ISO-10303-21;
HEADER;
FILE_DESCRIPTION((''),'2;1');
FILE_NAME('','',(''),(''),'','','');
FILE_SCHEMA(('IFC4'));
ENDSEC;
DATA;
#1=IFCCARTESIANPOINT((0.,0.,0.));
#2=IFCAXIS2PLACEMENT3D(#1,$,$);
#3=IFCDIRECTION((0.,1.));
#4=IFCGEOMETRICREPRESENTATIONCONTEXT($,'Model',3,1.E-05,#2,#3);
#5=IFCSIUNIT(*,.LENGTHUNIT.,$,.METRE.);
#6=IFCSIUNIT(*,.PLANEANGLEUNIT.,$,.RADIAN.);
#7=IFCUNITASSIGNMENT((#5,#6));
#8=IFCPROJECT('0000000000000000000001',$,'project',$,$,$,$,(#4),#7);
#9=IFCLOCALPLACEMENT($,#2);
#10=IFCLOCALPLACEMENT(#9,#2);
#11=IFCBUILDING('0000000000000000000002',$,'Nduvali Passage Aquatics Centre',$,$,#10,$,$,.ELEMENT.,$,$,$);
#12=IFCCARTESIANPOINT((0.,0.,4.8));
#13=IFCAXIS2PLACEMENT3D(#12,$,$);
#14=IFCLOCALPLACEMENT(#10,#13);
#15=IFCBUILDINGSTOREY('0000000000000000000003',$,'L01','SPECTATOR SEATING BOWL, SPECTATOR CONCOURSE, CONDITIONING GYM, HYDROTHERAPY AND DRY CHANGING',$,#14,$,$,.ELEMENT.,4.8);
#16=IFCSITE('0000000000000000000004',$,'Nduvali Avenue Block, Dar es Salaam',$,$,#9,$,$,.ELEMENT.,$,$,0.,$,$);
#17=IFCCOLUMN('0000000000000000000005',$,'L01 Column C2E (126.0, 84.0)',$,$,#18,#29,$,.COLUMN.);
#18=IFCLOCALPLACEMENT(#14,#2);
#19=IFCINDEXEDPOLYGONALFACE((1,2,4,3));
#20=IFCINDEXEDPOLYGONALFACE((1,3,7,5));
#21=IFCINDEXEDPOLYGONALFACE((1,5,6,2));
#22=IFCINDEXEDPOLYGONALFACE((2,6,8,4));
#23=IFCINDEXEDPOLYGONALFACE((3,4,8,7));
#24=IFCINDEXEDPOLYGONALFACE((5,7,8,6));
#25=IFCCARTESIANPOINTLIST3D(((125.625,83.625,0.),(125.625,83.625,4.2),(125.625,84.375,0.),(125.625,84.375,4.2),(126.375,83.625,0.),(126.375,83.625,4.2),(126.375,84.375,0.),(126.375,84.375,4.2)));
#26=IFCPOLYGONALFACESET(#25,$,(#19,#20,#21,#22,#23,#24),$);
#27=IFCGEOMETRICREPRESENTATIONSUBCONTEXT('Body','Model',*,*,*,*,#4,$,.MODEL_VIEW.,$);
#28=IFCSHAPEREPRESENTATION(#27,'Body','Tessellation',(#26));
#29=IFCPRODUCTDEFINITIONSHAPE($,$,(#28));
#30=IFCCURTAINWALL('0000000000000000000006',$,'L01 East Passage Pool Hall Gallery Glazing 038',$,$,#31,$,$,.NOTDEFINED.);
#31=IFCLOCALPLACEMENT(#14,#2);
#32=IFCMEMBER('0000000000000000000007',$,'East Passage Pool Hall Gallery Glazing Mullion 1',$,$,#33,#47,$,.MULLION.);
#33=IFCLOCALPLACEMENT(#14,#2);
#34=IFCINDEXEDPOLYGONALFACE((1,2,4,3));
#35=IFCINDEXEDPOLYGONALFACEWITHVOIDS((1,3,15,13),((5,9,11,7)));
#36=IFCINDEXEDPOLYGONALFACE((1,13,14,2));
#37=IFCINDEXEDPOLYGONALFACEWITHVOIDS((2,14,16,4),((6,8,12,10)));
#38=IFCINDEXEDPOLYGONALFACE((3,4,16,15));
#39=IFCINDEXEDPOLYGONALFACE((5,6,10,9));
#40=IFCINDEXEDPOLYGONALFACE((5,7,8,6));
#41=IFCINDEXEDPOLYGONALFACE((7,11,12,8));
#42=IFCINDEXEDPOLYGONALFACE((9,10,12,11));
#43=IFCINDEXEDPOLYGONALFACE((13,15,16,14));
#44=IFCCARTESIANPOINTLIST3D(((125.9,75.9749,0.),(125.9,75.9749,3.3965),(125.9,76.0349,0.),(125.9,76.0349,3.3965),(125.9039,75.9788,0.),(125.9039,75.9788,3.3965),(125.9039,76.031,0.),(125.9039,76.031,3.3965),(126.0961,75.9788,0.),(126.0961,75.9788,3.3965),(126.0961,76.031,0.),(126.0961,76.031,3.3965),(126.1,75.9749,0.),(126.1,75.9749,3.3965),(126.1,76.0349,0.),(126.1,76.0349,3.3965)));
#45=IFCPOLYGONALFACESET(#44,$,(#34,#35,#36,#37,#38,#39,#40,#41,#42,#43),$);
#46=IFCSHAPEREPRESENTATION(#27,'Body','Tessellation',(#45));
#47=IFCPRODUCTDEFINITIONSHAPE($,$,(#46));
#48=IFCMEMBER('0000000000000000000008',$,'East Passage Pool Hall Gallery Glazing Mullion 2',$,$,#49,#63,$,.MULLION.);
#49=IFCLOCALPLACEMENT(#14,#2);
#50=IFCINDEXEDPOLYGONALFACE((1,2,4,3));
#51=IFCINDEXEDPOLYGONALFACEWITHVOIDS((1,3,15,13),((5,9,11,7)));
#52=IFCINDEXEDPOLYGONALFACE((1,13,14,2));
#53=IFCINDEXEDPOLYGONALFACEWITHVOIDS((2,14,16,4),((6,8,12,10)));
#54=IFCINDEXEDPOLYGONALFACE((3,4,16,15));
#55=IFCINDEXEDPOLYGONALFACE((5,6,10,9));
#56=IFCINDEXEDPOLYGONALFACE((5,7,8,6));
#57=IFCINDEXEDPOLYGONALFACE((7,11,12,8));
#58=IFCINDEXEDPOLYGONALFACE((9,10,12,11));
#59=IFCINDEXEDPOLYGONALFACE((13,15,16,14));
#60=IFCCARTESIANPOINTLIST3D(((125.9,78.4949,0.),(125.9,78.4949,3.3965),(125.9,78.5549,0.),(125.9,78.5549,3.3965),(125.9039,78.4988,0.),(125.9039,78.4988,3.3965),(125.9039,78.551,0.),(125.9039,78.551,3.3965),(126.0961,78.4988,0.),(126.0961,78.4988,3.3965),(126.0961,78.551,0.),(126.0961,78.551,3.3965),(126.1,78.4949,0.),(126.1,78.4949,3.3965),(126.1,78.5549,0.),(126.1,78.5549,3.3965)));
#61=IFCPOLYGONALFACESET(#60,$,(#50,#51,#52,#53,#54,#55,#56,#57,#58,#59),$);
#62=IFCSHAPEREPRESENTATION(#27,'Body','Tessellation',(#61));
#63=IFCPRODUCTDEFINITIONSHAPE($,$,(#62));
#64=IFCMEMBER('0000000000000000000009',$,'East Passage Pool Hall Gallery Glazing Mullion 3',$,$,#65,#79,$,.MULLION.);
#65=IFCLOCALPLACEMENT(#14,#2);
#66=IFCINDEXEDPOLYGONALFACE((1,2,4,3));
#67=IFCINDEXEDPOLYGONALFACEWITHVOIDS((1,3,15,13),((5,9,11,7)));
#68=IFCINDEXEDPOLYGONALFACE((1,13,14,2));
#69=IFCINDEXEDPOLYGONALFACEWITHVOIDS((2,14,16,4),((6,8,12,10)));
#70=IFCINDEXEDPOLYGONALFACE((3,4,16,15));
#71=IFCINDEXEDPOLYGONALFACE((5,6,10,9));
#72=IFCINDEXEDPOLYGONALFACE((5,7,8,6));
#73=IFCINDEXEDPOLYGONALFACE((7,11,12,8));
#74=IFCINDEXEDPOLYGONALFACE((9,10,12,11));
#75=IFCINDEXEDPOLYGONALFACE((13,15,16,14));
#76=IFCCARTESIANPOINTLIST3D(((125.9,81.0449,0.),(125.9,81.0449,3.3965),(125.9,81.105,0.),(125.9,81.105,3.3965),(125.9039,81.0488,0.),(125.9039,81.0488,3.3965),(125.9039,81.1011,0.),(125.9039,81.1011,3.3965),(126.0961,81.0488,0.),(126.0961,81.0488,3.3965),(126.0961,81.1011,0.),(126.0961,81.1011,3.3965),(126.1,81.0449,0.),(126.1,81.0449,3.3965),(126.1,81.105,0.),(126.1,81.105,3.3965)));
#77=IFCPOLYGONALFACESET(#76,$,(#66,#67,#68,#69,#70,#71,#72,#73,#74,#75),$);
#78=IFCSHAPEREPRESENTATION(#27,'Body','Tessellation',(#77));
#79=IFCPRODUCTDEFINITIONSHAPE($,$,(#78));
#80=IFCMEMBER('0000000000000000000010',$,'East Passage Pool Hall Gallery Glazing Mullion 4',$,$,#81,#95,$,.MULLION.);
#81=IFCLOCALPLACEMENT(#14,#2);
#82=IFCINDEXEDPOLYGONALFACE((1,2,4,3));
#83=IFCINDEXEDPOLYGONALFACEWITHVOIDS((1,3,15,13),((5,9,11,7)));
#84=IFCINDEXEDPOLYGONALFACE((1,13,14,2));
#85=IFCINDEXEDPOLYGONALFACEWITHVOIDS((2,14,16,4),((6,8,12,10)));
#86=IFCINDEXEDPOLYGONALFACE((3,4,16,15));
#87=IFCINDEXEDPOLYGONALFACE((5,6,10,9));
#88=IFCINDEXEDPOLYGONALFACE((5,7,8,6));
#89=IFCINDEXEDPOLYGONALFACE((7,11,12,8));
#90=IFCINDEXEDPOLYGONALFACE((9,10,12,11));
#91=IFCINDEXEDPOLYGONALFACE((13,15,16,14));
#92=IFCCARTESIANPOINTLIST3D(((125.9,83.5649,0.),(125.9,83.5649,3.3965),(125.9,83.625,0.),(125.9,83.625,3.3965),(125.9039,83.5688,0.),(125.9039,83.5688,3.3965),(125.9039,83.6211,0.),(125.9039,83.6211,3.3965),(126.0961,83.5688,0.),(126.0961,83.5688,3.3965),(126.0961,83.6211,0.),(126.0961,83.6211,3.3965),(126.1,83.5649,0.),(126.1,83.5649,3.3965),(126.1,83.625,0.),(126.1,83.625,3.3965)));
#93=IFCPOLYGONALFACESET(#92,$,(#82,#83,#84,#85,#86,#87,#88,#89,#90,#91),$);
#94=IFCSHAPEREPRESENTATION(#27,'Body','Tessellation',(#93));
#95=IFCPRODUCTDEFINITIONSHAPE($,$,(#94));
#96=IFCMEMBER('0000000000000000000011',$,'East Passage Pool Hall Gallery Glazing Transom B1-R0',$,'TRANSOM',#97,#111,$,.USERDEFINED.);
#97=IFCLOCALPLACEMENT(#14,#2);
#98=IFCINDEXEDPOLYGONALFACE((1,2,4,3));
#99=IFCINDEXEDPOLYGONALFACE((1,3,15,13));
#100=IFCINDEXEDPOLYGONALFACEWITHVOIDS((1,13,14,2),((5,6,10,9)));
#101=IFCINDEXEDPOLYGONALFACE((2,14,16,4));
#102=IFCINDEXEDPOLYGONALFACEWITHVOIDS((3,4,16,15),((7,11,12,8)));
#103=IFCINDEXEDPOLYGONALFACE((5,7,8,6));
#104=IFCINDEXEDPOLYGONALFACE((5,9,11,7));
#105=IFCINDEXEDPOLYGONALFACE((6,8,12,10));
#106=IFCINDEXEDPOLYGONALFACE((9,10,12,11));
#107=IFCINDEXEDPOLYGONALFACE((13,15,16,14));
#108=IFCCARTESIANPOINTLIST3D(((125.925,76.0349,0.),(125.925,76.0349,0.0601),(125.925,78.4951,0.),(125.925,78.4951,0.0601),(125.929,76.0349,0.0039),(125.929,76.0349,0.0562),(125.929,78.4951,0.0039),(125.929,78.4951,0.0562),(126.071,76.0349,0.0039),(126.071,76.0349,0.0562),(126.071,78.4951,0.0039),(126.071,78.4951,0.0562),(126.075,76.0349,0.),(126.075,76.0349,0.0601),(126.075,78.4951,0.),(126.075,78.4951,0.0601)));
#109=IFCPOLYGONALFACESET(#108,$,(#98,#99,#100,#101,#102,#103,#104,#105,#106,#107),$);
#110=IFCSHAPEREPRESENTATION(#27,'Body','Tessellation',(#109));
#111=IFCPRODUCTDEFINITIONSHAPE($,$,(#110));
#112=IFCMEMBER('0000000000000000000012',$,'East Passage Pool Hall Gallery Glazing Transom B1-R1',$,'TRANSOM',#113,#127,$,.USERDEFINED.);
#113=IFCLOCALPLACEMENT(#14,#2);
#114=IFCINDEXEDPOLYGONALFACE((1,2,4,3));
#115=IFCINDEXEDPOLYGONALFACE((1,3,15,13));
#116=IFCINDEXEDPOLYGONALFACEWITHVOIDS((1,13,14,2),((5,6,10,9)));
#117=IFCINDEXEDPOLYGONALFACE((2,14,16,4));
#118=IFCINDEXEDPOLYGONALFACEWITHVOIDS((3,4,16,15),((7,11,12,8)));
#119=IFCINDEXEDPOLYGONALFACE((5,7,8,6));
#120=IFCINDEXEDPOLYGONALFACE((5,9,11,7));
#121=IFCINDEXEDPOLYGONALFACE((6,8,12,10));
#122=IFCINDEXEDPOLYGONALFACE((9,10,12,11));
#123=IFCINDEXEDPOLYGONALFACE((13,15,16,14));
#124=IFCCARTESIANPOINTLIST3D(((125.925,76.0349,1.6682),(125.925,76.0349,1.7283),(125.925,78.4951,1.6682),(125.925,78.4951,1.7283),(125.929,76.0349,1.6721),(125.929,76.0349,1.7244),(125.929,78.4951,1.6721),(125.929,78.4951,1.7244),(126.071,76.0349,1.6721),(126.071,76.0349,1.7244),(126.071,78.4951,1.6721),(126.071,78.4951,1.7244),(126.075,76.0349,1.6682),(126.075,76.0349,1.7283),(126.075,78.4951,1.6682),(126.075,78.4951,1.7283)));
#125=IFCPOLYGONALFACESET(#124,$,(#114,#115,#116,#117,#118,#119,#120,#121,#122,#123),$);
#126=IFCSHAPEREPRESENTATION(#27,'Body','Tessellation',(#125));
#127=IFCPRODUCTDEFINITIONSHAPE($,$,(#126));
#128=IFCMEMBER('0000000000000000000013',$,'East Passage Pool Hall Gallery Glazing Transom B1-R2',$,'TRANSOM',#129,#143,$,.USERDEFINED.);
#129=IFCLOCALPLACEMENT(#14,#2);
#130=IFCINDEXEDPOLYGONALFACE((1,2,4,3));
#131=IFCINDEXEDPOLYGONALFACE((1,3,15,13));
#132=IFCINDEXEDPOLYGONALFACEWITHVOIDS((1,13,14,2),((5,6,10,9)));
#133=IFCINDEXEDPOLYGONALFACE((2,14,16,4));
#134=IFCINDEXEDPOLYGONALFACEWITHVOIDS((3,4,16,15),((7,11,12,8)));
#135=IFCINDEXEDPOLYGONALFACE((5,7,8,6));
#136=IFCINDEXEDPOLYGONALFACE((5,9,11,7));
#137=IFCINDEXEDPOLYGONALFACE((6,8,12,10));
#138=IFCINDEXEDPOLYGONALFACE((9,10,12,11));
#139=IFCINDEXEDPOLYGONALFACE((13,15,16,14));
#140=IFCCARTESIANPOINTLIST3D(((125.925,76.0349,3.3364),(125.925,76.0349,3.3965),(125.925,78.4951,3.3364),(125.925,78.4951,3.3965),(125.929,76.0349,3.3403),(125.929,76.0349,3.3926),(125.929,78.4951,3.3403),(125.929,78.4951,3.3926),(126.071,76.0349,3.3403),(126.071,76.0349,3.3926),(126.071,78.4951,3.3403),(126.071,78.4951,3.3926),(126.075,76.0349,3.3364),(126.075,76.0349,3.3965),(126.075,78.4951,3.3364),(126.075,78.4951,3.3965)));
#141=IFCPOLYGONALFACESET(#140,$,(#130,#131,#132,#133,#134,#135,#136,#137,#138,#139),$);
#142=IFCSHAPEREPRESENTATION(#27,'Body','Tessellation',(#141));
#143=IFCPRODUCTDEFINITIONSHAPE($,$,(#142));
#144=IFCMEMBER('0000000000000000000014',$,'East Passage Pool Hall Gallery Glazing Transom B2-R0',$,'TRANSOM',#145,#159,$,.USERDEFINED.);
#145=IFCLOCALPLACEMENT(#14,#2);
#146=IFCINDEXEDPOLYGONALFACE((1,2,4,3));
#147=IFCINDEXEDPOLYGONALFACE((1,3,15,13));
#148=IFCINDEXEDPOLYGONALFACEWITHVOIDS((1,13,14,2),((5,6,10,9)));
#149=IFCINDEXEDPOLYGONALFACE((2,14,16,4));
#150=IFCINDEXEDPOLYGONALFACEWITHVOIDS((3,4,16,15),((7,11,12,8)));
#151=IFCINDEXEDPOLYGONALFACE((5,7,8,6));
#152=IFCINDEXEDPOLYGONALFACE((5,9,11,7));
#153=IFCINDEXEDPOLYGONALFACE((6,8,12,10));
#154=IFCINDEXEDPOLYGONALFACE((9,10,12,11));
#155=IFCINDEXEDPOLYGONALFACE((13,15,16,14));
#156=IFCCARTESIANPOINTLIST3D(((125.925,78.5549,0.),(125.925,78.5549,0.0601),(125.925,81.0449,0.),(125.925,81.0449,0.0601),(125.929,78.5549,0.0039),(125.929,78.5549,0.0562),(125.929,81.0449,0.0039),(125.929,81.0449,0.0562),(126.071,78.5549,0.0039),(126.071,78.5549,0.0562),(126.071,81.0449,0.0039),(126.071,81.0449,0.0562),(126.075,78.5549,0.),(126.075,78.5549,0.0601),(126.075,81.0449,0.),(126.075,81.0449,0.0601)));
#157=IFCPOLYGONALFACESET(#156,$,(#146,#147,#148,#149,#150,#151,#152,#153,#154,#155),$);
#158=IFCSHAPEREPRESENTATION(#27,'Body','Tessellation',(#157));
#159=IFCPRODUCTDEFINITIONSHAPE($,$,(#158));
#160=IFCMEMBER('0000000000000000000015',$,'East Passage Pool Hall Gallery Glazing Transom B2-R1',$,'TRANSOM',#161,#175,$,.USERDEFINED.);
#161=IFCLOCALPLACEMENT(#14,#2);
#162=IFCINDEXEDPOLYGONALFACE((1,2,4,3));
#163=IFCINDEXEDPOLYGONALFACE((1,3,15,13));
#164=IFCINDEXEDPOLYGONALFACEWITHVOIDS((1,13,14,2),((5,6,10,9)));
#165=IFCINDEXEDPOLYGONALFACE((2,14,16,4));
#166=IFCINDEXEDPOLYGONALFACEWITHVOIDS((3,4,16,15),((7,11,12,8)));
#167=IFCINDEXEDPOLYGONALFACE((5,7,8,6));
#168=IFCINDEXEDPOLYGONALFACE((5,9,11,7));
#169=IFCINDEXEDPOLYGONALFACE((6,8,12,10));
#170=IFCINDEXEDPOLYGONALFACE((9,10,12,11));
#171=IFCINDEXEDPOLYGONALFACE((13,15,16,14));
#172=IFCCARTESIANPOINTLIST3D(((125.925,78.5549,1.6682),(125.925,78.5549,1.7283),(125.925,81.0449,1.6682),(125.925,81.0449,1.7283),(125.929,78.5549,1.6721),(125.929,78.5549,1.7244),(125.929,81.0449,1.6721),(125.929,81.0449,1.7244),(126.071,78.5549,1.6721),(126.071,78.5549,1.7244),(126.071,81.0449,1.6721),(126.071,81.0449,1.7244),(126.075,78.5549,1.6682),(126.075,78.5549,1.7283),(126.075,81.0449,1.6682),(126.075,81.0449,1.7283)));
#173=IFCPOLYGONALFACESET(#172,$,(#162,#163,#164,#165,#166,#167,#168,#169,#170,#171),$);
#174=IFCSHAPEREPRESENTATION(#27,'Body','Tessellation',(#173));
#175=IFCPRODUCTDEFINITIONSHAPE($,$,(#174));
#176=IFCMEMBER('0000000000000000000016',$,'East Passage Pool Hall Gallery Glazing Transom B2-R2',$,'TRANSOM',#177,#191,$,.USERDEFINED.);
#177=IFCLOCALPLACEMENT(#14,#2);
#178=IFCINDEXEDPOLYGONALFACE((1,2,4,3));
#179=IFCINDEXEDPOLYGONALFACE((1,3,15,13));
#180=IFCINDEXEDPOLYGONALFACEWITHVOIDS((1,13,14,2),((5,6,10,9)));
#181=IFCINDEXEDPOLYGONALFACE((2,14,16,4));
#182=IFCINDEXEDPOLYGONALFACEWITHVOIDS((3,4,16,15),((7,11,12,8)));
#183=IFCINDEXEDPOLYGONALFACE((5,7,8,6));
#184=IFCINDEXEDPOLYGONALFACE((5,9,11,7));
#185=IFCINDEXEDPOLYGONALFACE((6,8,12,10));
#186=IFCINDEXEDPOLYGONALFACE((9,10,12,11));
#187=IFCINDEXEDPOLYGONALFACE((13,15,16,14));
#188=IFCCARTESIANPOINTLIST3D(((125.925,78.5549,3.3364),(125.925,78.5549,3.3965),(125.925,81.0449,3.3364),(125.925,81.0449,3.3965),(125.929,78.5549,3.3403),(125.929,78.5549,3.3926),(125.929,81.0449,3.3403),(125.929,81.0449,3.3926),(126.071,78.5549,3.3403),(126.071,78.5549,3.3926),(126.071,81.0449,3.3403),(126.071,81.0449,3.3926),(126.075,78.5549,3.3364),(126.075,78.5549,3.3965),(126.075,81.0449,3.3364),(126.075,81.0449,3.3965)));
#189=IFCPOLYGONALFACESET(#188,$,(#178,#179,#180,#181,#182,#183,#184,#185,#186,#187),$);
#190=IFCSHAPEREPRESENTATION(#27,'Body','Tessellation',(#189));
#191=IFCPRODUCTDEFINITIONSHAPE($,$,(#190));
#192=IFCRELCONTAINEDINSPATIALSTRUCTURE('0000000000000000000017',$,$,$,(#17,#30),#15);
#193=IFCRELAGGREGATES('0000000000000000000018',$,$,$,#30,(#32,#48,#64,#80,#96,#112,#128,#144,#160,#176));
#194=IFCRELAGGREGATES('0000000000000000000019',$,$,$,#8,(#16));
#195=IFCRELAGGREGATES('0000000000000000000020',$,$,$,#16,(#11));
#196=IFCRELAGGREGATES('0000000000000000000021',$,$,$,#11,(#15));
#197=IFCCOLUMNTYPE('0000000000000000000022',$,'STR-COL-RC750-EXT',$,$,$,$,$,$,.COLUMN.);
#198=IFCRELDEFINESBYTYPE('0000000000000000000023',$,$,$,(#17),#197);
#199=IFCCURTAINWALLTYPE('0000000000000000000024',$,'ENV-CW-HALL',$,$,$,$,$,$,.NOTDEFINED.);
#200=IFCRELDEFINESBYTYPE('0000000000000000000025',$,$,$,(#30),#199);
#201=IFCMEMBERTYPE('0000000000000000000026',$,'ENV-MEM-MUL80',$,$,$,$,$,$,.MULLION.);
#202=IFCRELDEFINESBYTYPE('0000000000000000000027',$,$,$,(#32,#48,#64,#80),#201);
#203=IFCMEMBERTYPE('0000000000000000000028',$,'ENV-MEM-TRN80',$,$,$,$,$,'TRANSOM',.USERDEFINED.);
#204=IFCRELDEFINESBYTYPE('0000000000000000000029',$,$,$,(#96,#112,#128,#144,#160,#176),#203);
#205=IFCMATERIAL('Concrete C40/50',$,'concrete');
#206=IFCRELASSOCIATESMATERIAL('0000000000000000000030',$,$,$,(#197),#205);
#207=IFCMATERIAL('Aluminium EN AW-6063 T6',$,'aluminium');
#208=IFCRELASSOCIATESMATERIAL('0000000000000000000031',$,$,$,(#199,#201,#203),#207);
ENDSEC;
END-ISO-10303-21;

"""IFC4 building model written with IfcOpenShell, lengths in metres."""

from ifc_helpers import new_model, si_unit, direction, frame, origin, origin_2d, place, context, subcontext, project, spatial, rectangle, hollow_rectangle, extrude, material, material_profile, profile_set, type_object, element, aggregate, save


model = new_model("IFC4")

# Units and contexts
model_context = context("Model", 3, precision=1e-05, world=origin(), true_north=direction((0.0, 1.0)))
body_context = subcontext(model_context, "Body", "Model", "MODEL_VIEW")
ifc_project = project(units=[si_unit("LENGTHUNIT", "METRE"), si_unit("PLANEANGLEUNIT", "RADIAN")], contexts=[model_context])

# Site, building, storey
site_placement = place(None, origin())
site = spatial("IfcSite", under=ifc_project, at=site_placement, Name="Nduvali Avenue Block, Dar es Salaam", CompositionType="ELEMENT", RefElevation=0.0)
building_placement = place(site_placement, origin())
building = spatial("IfcBuilding", under=site, at=building_placement, Name="Nduvali Passage Aquatics Centre", CompositionType="ELEMENT")
storey_placement = place(building_placement, frame((0.0, 0.0, 4.8)))
storey = spatial("IfcBuildingStorey", under=building, at=storey_placement, Name="L01", Description="SPECTATOR SEATING BOWL, SPECTATOR CONCOURSE, CONDITIONING GYM, HYDROTHERAPY AND DRY CHANGING", CompositionType="ELEMENT", Elevation=4.8)

# Column
ifc_material_1 = material(Name="Concrete C40/50", Category="concrete")
ifc_material_profile_1 = material_profile(ifc_material_1, rectangle(XDim=0.75, YDim=0.75, at=origin_2d()), Name="RC 750x750")
ifc_profile_set_1 = profile_set([ifc_material_profile_1], Name="Concrete C40/50")
column_type = type_object("IfcColumnType", Name="STR-COL-RC750-EXT", PredefinedType="COLUMN", material=ifc_profile_set_1)
column_placement = place(storey_placement, frame((126.0, 84.0, 0.0), z_axis=(0.0, 0.0, 1.0), x_axis=(1.0, 0.0, 0.0)))
element("IfcColumn", 1, at=column_placement, inside=storey, type_object=column_type, Name="L01 Column C2E (126.0, 84.0)", PredefinedType="COLUMN", context=body_context, shape_type="SweptSolid", body=[
    extrude(rectangle(XDim=0.75, YDim=0.75, at=origin_2d()), origin(), (0.0, 0.0, 1.0), 4.2),
])

# Curtain wall, members
ifc_material_2 = material(Name="Aluminium EN AW-6063 T6", Category="aluminium")
curtain_wall_type = type_object("IfcCurtainWallType", Name="ENV-CW-HALL", PredefinedType="NOTDEFINED", material=ifc_material_2)
curtain_wall_placement = place(storey_placement, origin())
curtain_wall = element("IfcCurtainWall", 2, at=curtain_wall_placement, inside=storey, type_object=curtain_wall_type, Name="L01 East Passage Pool Hall Gallery Glazing 038", PredefinedType="NOTDEFINED")
ifc_material_profile_2 = material_profile(ifc_material_2, hollow_rectangle(XDim=0.0601, YDim=0.2, WallThickness=0.0039, at=origin_2d()), Name="ALU MULLION 60x200x4")
ifc_profile_set_2 = profile_set([ifc_material_profile_2], Name="Aluminium EN AW-6063 T6")
member_type_1 = type_object("IfcMemberType", Name="ENV-MEM-MUL80", PredefinedType="MULLION", material=ifc_profile_set_2)
member_1_placement = place(storey_placement, frame((126.0, 76.0049, 0.0), z_axis=(0.0, 0.0, 1.0), x_axis=(0.0, 1.0, 0.0)))
member_1 = element("IfcMember", 3, at=member_1_placement, type_object=member_type_1, Name="East Passage Pool Hall Gallery Glazing Mullion 1", PredefinedType="MULLION", context=body_context, shape_type="SweptSolid", body=[
    extrude(hollow_rectangle(XDim=0.0601, YDim=0.2, WallThickness=0.0039, at=origin_2d()), origin(), (0.0, 0.0, 1.0), 3.3965),
])
member_2_placement = place(storey_placement, frame((126.0, 78.5249, 0.0), z_axis=(0.0, 0.0, 1.0), x_axis=(0.0, 1.0, 0.0)))
member_2 = element("IfcMember", 4, at=member_2_placement, type_object=member_type_1, Name="East Passage Pool Hall Gallery Glazing Mullion 2", PredefinedType="MULLION", context=body_context, shape_type="SweptSolid", body=[
    extrude(hollow_rectangle(XDim=0.0601, YDim=0.2, WallThickness=0.0039, at=origin_2d()), origin(), (0.0, 0.0, 1.0), 3.3965),
])
member_3_placement = place(storey_placement, frame((126.0, 81.075, 0.0), z_axis=(0.0, 0.0, 1.0), x_axis=(0.0, 1.0, 0.0)))
member_3 = element("IfcMember", 5, at=member_3_placement, type_object=member_type_1, Name="East Passage Pool Hall Gallery Glazing Mullion 3", PredefinedType="MULLION", context=body_context, shape_type="SweptSolid", body=[
    extrude(hollow_rectangle(XDim=0.0601, YDim=0.2, WallThickness=0.0039, at=origin_2d()), origin(), (0.0, 0.0, 1.0), 3.3965),
])
member_4_placement = place(storey_placement, frame((126.0, 83.595, 0.0), z_axis=(0.0, 0.0, 1.0), x_axis=(0.0, 1.0, 0.0)))
member_4 = element("IfcMember", 6, at=member_4_placement, type_object=member_type_1, Name="East Passage Pool Hall Gallery Glazing Mullion 4", PredefinedType="MULLION", context=body_context, shape_type="SweptSolid", body=[
    extrude(hollow_rectangle(XDim=0.0601, YDim=0.2, WallThickness=0.0039, at=origin_2d()), origin(), (0.0, 0.0, 1.0), 3.3965),
])
ifc_material_profile_3 = material_profile(ifc_material_2, hollow_rectangle(XDim=0.1499, YDim=0.0601, WallThickness=0.0039, at=origin_2d()), Name="ALU TRANSOM 150x60x4")
ifc_profile_set_3 = profile_set([ifc_material_profile_3], Name="Aluminium EN AW-6063 T6")
member_type_2 = type_object("IfcMemberType", Name="ENV-MEM-TRN80", ElementType="TRANSOM", PredefinedType="USERDEFINED", material=ifc_profile_set_3)
member_5_placement = place(storey_placement, frame((126.0, 76.0349, 0.03), z_axis=(0.0, 1.0, 0.0), x_axis=(-1.0, 0.0, 0.0)))
member_5 = element("IfcMember", 7, at=member_5_placement, type_object=member_type_2, Name="East Passage Pool Hall Gallery Glazing Transom B1-R0", ObjectType="TRANSOM", PredefinedType="USERDEFINED", context=body_context, shape_type="SweptSolid", body=[
    extrude(hollow_rectangle(XDim=0.1499, YDim=0.0601, WallThickness=0.0039, at=origin_2d()), origin(), (0.0, 0.0, 1.0), 2.4602),
])
member_6_placement = place(storey_placement, frame((126.0, 76.0349, 1.6982), z_axis=(0.0, 1.0, 0.0), x_axis=(-1.0, 0.0, 0.0)))
member_6 = element("IfcMember", 8, at=member_6_placement, type_object=member_type_2, Name="East Passage Pool Hall Gallery Glazing Transom B1-R1", ObjectType="TRANSOM", PredefinedType="USERDEFINED", context=body_context, shape_type="SweptSolid", body=[
    extrude(hollow_rectangle(XDim=0.1499, YDim=0.0601, WallThickness=0.0039, at=origin_2d()), origin(), (0.0, 0.0, 1.0), 2.4602),
])
member_7_placement = place(storey_placement, frame((126.0, 76.0349, 3.3665), z_axis=(0.0, 1.0, 0.0), x_axis=(-1.0, 0.0, 0.0)))
member_7 = element("IfcMember", 9, at=member_7_placement, type_object=member_type_2, Name="East Passage Pool Hall Gallery Glazing Transom B1-R2", ObjectType="TRANSOM", PredefinedType="USERDEFINED", context=body_context, shape_type="SweptSolid", body=[
    extrude(hollow_rectangle(XDim=0.1499, YDim=0.0601, WallThickness=0.0039, at=origin_2d()), origin(), (0.0, 0.0, 1.0), 2.4602),
])
member_8_placement = place(storey_placement, frame((126.0, 78.5549, 0.03), z_axis=(0.0, 1.0, 0.0), x_axis=(-1.0, 0.0, 0.0)))
member_8 = element("IfcMember", 10, at=member_8_placement, type_object=member_type_2, Name="East Passage Pool Hall Gallery Glazing Transom B2-R0", ObjectType="TRANSOM", PredefinedType="USERDEFINED", context=body_context, shape_type="SweptSolid", body=[
    extrude(hollow_rectangle(XDim=0.1499, YDim=0.0601, WallThickness=0.0039, at=origin_2d()), origin(), (0.0, 0.0, 1.0), 2.49),
])
member_9_placement = place(storey_placement, frame((126.0, 78.5549, 1.6982), z_axis=(0.0, 1.0, 0.0), x_axis=(-1.0, 0.0, 0.0)))
member_9 = element("IfcMember", 11, at=member_9_placement, type_object=member_type_2, Name="East Passage Pool Hall Gallery Glazing Transom B2-R1", ObjectType="TRANSOM", PredefinedType="USERDEFINED", context=body_context, shape_type="SweptSolid", body=[
    extrude(hollow_rectangle(XDim=0.1499, YDim=0.0601, WallThickness=0.0039, at=origin_2d()), origin(), (0.0, 0.0, 1.0), 2.49),
])
member_10_placement = place(storey_placement, frame((126.0, 78.5549, 3.3665), z_axis=(0.0, 1.0, 0.0), x_axis=(-1.0, 0.0, 0.0)))
member_10 = element("IfcMember", 12, at=member_10_placement, type_object=member_type_2, Name="East Passage Pool Hall Gallery Glazing Transom B2-R2", ObjectType="TRANSOM", PredefinedType="USERDEFINED", context=body_context, shape_type="SweptSolid", body=[
    extrude(hollow_rectangle(XDim=0.1499, YDim=0.0601, WallThickness=0.0039, at=origin_2d()), origin(), (0.0, 0.0, 1.0), 2.49),
])
aggregate(curtain_wall, [member_1, member_2, member_3, member_4, member_5, member_6, member_7, member_8, member_9, member_10])

save(model, "model.ifc")
